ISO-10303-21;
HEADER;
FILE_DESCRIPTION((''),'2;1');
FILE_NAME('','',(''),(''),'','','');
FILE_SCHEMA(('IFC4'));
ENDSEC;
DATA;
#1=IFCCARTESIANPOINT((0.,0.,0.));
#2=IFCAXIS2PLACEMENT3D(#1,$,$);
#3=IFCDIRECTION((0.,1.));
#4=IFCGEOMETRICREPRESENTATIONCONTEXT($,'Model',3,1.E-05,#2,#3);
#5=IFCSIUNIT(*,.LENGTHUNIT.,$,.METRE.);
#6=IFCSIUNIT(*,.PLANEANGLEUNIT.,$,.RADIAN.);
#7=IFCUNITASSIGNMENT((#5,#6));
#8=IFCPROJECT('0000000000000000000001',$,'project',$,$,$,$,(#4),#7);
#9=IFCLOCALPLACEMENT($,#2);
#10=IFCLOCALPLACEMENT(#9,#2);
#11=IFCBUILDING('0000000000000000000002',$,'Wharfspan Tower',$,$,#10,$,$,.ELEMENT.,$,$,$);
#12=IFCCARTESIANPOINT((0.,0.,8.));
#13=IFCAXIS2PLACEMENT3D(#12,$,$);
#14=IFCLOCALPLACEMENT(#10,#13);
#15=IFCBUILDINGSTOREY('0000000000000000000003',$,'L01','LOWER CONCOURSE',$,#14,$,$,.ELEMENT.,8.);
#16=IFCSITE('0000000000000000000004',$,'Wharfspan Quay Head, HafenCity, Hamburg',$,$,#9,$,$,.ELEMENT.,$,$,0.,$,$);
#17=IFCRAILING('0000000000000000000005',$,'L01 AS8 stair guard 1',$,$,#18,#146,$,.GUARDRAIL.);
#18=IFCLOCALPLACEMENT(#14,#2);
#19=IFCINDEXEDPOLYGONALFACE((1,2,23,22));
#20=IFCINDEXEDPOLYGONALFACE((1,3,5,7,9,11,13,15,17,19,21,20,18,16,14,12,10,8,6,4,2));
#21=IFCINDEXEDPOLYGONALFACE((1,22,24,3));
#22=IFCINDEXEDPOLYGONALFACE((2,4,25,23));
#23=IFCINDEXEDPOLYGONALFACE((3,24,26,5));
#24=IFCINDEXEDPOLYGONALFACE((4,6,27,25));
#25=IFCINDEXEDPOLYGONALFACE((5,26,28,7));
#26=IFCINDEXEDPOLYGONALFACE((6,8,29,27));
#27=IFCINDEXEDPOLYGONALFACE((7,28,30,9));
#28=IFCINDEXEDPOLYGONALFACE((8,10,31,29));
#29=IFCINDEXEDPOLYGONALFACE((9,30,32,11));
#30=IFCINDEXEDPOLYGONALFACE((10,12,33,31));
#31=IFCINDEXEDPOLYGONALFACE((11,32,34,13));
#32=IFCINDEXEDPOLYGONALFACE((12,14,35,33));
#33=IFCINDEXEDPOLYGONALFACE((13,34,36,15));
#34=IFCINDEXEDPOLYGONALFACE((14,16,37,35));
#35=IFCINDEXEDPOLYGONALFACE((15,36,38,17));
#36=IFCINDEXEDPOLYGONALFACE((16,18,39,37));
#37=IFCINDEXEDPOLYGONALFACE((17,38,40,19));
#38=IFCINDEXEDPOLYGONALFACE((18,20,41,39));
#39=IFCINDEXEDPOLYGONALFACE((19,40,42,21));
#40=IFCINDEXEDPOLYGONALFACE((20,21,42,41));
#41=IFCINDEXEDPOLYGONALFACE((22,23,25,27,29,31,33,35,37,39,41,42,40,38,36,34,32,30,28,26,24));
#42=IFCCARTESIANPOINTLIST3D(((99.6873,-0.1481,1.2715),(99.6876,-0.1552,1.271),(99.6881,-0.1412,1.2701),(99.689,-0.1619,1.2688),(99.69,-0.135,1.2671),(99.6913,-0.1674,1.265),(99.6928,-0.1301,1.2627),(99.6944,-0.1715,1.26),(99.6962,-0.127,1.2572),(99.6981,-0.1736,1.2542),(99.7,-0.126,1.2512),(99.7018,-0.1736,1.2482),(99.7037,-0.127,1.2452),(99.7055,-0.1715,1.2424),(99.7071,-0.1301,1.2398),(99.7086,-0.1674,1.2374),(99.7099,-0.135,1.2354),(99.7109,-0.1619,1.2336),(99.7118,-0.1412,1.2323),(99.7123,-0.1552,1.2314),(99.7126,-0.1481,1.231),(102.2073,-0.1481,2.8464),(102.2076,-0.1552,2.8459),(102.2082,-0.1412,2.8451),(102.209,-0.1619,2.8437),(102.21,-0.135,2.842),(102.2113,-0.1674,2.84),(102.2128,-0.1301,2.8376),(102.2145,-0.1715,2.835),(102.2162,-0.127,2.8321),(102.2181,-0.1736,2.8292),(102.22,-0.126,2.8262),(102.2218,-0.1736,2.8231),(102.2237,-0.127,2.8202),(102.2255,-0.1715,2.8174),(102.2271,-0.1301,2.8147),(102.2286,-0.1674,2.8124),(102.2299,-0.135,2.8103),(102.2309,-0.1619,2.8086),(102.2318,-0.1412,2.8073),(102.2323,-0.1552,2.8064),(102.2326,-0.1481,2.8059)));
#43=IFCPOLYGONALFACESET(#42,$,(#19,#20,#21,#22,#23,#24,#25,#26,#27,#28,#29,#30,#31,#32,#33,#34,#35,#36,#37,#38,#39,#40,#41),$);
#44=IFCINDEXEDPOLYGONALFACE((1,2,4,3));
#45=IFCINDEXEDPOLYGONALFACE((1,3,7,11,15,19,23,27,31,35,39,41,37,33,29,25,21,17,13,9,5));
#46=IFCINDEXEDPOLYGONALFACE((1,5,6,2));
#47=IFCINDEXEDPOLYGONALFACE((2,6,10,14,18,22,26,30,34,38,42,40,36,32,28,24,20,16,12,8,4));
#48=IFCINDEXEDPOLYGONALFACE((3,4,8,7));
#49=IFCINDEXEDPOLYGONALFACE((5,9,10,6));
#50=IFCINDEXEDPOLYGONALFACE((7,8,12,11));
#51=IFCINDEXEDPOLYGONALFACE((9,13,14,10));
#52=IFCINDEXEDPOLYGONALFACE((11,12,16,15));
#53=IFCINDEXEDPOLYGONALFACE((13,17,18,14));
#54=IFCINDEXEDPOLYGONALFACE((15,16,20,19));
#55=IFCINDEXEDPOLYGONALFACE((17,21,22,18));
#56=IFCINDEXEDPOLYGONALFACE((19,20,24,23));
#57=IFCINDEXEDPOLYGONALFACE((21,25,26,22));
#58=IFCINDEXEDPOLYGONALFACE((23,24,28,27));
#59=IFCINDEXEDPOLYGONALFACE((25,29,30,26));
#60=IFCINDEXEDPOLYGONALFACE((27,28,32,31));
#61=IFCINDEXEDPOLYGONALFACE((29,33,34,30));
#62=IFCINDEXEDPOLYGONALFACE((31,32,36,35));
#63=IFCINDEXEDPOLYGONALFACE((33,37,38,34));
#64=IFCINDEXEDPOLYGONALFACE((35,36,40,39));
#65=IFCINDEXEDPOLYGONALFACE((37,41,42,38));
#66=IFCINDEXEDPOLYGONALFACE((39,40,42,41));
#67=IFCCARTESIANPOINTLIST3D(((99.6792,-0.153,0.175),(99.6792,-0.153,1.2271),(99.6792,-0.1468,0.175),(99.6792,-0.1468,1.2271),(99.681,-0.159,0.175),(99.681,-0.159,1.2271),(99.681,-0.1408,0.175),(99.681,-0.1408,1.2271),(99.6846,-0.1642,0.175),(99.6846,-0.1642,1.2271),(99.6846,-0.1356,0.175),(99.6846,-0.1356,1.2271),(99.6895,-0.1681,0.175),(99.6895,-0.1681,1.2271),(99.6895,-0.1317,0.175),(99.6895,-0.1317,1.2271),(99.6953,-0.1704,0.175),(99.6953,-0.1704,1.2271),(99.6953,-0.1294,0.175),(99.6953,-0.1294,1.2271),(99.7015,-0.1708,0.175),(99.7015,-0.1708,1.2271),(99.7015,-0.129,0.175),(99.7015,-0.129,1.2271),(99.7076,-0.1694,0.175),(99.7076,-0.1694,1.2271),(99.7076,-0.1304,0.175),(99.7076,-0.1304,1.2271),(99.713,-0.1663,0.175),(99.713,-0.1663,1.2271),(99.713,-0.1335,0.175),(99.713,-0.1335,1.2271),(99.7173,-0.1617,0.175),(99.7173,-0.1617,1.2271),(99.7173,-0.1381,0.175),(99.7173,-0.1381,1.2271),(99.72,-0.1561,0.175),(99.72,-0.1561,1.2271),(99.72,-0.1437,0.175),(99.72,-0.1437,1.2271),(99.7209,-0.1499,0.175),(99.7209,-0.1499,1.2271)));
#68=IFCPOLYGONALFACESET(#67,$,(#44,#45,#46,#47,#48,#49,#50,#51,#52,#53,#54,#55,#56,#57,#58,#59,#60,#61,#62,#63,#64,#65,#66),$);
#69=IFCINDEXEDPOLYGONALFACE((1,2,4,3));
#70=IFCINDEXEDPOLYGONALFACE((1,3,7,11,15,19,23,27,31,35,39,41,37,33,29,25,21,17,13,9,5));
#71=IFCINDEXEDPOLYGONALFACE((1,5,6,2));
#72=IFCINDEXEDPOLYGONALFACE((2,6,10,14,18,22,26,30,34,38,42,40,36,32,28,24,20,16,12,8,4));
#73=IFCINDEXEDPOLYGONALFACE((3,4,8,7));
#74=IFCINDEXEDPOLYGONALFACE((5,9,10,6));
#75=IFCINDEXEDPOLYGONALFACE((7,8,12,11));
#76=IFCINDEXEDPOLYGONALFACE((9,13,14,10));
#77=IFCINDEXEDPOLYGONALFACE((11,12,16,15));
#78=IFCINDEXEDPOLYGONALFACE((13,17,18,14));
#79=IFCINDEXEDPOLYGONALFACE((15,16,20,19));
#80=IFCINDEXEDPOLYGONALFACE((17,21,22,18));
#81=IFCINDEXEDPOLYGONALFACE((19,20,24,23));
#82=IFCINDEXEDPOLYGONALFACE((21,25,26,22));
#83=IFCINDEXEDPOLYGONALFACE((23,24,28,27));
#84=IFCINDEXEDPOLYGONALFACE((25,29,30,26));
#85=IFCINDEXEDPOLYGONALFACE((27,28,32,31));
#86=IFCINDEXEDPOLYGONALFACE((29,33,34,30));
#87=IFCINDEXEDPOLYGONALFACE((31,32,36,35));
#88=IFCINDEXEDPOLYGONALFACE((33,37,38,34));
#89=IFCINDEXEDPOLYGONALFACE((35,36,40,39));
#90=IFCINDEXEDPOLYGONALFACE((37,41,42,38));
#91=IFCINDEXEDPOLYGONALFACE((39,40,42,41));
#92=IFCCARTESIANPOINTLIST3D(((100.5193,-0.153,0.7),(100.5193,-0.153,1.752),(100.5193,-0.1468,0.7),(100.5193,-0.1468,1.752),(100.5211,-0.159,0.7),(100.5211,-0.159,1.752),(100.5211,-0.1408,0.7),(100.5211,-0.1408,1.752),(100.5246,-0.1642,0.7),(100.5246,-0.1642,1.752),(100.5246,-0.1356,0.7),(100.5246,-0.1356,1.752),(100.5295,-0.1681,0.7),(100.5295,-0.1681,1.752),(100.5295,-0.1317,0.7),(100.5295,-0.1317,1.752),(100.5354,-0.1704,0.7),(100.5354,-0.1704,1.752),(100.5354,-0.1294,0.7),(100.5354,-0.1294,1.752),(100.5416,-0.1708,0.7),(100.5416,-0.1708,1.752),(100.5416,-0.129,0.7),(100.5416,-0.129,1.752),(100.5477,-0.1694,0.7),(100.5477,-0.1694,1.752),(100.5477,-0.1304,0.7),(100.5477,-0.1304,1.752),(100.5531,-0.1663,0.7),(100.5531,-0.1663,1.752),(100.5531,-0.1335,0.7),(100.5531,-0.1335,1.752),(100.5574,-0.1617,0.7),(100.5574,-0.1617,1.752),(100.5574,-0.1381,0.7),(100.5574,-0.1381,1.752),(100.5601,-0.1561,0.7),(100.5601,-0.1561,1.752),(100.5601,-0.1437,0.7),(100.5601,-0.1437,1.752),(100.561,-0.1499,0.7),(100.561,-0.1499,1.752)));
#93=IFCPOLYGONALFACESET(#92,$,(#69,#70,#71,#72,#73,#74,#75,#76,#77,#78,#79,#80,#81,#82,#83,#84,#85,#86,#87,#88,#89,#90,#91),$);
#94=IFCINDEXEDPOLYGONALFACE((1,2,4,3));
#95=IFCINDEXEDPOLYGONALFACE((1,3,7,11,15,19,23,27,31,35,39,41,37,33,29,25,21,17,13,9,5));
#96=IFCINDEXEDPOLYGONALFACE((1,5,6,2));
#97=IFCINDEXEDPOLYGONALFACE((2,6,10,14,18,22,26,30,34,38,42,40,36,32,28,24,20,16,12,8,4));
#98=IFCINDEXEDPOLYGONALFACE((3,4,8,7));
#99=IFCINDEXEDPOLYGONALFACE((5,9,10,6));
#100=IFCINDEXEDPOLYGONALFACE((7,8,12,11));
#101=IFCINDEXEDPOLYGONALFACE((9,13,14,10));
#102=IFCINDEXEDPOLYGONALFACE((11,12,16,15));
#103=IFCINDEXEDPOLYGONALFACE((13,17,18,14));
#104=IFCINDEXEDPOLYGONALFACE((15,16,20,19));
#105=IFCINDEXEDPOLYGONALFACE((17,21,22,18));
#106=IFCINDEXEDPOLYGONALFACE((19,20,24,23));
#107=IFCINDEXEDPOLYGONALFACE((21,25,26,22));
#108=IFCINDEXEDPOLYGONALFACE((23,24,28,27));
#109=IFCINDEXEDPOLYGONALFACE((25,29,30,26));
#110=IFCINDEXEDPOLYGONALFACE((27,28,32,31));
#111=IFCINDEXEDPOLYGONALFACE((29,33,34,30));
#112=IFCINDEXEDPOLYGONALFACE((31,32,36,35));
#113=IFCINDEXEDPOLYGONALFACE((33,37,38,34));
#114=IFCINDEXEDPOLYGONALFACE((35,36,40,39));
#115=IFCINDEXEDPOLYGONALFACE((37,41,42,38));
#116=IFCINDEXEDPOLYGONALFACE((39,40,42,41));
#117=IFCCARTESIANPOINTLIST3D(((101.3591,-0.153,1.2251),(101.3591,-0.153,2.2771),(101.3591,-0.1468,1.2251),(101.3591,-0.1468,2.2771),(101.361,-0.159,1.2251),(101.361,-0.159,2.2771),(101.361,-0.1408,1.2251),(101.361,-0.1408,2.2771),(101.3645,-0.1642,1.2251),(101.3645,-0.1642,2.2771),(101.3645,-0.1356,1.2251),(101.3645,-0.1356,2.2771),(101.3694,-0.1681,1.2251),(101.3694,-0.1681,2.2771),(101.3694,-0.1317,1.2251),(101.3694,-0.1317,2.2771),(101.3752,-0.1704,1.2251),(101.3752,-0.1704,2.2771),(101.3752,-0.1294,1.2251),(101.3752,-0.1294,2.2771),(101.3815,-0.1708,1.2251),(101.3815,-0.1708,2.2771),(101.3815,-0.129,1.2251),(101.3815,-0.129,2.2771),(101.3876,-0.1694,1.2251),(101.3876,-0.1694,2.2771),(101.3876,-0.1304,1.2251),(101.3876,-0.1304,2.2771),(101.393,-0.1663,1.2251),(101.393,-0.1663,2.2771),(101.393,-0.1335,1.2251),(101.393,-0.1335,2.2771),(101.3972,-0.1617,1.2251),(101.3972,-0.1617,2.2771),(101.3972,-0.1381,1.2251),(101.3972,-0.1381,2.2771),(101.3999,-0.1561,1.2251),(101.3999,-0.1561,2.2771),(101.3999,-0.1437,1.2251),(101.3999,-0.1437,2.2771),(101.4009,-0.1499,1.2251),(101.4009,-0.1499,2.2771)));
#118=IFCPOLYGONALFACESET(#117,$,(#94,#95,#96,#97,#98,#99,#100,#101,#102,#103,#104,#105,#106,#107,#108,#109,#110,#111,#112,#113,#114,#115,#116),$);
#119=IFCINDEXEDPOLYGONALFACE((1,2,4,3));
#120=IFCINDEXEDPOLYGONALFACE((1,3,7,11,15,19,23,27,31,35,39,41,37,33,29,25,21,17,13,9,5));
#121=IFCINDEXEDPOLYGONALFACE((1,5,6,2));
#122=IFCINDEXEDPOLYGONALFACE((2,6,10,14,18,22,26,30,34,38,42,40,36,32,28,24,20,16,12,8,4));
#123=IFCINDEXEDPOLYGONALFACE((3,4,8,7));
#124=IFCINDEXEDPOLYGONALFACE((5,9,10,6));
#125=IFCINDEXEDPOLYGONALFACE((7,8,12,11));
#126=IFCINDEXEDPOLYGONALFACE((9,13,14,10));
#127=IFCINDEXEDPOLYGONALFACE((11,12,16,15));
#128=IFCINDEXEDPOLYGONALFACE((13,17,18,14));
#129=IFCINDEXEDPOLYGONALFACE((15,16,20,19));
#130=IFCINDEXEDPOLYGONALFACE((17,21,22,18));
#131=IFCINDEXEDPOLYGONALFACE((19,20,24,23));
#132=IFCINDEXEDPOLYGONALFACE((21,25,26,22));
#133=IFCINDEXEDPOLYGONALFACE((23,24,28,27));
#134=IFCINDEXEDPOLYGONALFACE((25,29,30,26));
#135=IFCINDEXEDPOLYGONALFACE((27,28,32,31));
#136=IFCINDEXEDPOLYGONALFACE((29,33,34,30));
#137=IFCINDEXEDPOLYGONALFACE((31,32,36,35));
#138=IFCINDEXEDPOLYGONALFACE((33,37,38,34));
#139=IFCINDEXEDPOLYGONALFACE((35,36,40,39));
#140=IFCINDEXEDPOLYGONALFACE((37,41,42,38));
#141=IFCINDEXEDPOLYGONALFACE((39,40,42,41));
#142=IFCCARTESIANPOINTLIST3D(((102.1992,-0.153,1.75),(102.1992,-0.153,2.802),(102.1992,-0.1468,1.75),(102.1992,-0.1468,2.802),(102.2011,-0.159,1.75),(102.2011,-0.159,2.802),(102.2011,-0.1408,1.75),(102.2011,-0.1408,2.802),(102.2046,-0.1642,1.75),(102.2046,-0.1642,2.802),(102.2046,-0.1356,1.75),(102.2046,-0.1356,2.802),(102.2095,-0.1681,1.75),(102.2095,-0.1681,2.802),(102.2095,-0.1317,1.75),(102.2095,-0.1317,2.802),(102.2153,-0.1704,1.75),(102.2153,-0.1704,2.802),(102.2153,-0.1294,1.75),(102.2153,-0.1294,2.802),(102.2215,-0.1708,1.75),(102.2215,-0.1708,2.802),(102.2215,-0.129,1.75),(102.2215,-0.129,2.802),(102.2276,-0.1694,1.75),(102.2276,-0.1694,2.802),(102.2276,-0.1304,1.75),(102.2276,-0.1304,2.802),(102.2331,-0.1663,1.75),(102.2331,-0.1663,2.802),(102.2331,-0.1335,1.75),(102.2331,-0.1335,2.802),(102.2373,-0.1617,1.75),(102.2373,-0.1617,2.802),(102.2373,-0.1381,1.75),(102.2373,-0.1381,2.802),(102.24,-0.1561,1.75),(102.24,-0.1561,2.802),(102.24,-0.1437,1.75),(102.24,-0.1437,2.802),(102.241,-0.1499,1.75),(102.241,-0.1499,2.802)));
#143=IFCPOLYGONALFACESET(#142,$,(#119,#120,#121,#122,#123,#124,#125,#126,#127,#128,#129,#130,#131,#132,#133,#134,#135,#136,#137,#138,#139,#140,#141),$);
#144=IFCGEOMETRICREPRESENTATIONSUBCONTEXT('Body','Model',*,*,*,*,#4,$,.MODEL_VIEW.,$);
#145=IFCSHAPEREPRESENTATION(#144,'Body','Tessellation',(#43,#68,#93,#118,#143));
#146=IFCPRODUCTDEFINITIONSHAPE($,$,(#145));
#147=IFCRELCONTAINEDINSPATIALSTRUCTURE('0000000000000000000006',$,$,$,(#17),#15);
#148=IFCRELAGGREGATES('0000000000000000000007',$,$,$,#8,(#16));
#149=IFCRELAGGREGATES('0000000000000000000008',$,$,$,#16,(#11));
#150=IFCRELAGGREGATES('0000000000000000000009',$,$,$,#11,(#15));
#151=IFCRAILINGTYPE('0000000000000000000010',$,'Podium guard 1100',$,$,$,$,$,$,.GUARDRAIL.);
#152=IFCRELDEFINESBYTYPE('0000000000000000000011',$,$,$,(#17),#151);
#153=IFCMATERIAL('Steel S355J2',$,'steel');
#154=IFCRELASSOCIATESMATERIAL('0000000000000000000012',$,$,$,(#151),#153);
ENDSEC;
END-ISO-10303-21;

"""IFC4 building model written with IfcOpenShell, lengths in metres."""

from ifc_helpers import new_model, si_unit, direction, frame, origin, origin_2d, place, context, subcontext, project, spatial, circle, extrude, material, type_object, element, save


model = new_model("IFC4")

# Units and contexts
model_context = context("Model", 3, precision=1e-05, world=origin(), true_north=direction((0.0, 1.0)))
body_context = subcontext(model_context, "Body", "Model", "MODEL_VIEW")
ifc_project = project(units=[si_unit("LENGTHUNIT", "METRE"), si_unit("PLANEANGLEUNIT", "RADIAN")], contexts=[model_context])

# Site, building, storey
site_placement = place(None, origin())
site = spatial("IfcSite", under=ifc_project, at=site_placement, Name="Wharfspan Quay Head, HafenCity, Hamburg", CompositionType="ELEMENT", RefElevation=0.0)
building_placement = place(site_placement, origin())
building = spatial("IfcBuilding", under=site, at=building_placement, Name="Wharfspan Tower", CompositionType="ELEMENT")
storey_placement = place(building_placement, frame((0.0, 0.0, 8.0)))
storey = spatial("IfcBuildingStorey", under=building, at=storey_placement, Name="L01", Description="LOWER CONCOURSE", CompositionType="ELEMENT", Elevation=8.0)

# Railing
ifc_material_1 = material(Name="Steel S355J2", Category="steel")
railing_type_1 = type_object("IfcRailingType", Name="Podium guard 1100", PredefinedType="GUARDRAIL", material=ifc_material_1)
railing_1_placement = place(storey_placement, frame((99.7, -0.1499, 0.175)))
element("IfcRailing", 1, at=railing_1_placement, inside=storey, type_object=railing_type_1, Name="L01 AS8 stair guard 1", PredefinedType="GUARDRAIL", context=body_context, shape_type="SweptSolid", body=[
    extrude(circle(Radius=0.0239, at=origin_2d()), frame((0.0, 0.0, 1.0762), z_axis=(0.848008, 0.0, 0.529984), x_axis=(0.0, 1.0, 0.0)), (0.0, 0.0, 1.0), 2.9717),
    extrude(circle(Radius=0.021, at=origin_2d()), origin(), (0.0, 0.0, 1.0), 1.052),
    extrude(circle(Radius=0.021, at=origin_2d()), frame((0.8401, 0.0, 0.5249)), (0.0, 0.0, 1.0), 1.052),
    extrude(circle(Radius=0.021, at=origin_2d()), frame((1.6799, 0.0, 1.05)), (0.0, 0.0, 1.0), 1.052),
    extrude(circle(Radius=0.021, at=origin_2d()), frame((2.52, 0.0, 1.575)), (0.0, 0.0, 1.0), 1.052),
])

save(model, "model.ifc")
